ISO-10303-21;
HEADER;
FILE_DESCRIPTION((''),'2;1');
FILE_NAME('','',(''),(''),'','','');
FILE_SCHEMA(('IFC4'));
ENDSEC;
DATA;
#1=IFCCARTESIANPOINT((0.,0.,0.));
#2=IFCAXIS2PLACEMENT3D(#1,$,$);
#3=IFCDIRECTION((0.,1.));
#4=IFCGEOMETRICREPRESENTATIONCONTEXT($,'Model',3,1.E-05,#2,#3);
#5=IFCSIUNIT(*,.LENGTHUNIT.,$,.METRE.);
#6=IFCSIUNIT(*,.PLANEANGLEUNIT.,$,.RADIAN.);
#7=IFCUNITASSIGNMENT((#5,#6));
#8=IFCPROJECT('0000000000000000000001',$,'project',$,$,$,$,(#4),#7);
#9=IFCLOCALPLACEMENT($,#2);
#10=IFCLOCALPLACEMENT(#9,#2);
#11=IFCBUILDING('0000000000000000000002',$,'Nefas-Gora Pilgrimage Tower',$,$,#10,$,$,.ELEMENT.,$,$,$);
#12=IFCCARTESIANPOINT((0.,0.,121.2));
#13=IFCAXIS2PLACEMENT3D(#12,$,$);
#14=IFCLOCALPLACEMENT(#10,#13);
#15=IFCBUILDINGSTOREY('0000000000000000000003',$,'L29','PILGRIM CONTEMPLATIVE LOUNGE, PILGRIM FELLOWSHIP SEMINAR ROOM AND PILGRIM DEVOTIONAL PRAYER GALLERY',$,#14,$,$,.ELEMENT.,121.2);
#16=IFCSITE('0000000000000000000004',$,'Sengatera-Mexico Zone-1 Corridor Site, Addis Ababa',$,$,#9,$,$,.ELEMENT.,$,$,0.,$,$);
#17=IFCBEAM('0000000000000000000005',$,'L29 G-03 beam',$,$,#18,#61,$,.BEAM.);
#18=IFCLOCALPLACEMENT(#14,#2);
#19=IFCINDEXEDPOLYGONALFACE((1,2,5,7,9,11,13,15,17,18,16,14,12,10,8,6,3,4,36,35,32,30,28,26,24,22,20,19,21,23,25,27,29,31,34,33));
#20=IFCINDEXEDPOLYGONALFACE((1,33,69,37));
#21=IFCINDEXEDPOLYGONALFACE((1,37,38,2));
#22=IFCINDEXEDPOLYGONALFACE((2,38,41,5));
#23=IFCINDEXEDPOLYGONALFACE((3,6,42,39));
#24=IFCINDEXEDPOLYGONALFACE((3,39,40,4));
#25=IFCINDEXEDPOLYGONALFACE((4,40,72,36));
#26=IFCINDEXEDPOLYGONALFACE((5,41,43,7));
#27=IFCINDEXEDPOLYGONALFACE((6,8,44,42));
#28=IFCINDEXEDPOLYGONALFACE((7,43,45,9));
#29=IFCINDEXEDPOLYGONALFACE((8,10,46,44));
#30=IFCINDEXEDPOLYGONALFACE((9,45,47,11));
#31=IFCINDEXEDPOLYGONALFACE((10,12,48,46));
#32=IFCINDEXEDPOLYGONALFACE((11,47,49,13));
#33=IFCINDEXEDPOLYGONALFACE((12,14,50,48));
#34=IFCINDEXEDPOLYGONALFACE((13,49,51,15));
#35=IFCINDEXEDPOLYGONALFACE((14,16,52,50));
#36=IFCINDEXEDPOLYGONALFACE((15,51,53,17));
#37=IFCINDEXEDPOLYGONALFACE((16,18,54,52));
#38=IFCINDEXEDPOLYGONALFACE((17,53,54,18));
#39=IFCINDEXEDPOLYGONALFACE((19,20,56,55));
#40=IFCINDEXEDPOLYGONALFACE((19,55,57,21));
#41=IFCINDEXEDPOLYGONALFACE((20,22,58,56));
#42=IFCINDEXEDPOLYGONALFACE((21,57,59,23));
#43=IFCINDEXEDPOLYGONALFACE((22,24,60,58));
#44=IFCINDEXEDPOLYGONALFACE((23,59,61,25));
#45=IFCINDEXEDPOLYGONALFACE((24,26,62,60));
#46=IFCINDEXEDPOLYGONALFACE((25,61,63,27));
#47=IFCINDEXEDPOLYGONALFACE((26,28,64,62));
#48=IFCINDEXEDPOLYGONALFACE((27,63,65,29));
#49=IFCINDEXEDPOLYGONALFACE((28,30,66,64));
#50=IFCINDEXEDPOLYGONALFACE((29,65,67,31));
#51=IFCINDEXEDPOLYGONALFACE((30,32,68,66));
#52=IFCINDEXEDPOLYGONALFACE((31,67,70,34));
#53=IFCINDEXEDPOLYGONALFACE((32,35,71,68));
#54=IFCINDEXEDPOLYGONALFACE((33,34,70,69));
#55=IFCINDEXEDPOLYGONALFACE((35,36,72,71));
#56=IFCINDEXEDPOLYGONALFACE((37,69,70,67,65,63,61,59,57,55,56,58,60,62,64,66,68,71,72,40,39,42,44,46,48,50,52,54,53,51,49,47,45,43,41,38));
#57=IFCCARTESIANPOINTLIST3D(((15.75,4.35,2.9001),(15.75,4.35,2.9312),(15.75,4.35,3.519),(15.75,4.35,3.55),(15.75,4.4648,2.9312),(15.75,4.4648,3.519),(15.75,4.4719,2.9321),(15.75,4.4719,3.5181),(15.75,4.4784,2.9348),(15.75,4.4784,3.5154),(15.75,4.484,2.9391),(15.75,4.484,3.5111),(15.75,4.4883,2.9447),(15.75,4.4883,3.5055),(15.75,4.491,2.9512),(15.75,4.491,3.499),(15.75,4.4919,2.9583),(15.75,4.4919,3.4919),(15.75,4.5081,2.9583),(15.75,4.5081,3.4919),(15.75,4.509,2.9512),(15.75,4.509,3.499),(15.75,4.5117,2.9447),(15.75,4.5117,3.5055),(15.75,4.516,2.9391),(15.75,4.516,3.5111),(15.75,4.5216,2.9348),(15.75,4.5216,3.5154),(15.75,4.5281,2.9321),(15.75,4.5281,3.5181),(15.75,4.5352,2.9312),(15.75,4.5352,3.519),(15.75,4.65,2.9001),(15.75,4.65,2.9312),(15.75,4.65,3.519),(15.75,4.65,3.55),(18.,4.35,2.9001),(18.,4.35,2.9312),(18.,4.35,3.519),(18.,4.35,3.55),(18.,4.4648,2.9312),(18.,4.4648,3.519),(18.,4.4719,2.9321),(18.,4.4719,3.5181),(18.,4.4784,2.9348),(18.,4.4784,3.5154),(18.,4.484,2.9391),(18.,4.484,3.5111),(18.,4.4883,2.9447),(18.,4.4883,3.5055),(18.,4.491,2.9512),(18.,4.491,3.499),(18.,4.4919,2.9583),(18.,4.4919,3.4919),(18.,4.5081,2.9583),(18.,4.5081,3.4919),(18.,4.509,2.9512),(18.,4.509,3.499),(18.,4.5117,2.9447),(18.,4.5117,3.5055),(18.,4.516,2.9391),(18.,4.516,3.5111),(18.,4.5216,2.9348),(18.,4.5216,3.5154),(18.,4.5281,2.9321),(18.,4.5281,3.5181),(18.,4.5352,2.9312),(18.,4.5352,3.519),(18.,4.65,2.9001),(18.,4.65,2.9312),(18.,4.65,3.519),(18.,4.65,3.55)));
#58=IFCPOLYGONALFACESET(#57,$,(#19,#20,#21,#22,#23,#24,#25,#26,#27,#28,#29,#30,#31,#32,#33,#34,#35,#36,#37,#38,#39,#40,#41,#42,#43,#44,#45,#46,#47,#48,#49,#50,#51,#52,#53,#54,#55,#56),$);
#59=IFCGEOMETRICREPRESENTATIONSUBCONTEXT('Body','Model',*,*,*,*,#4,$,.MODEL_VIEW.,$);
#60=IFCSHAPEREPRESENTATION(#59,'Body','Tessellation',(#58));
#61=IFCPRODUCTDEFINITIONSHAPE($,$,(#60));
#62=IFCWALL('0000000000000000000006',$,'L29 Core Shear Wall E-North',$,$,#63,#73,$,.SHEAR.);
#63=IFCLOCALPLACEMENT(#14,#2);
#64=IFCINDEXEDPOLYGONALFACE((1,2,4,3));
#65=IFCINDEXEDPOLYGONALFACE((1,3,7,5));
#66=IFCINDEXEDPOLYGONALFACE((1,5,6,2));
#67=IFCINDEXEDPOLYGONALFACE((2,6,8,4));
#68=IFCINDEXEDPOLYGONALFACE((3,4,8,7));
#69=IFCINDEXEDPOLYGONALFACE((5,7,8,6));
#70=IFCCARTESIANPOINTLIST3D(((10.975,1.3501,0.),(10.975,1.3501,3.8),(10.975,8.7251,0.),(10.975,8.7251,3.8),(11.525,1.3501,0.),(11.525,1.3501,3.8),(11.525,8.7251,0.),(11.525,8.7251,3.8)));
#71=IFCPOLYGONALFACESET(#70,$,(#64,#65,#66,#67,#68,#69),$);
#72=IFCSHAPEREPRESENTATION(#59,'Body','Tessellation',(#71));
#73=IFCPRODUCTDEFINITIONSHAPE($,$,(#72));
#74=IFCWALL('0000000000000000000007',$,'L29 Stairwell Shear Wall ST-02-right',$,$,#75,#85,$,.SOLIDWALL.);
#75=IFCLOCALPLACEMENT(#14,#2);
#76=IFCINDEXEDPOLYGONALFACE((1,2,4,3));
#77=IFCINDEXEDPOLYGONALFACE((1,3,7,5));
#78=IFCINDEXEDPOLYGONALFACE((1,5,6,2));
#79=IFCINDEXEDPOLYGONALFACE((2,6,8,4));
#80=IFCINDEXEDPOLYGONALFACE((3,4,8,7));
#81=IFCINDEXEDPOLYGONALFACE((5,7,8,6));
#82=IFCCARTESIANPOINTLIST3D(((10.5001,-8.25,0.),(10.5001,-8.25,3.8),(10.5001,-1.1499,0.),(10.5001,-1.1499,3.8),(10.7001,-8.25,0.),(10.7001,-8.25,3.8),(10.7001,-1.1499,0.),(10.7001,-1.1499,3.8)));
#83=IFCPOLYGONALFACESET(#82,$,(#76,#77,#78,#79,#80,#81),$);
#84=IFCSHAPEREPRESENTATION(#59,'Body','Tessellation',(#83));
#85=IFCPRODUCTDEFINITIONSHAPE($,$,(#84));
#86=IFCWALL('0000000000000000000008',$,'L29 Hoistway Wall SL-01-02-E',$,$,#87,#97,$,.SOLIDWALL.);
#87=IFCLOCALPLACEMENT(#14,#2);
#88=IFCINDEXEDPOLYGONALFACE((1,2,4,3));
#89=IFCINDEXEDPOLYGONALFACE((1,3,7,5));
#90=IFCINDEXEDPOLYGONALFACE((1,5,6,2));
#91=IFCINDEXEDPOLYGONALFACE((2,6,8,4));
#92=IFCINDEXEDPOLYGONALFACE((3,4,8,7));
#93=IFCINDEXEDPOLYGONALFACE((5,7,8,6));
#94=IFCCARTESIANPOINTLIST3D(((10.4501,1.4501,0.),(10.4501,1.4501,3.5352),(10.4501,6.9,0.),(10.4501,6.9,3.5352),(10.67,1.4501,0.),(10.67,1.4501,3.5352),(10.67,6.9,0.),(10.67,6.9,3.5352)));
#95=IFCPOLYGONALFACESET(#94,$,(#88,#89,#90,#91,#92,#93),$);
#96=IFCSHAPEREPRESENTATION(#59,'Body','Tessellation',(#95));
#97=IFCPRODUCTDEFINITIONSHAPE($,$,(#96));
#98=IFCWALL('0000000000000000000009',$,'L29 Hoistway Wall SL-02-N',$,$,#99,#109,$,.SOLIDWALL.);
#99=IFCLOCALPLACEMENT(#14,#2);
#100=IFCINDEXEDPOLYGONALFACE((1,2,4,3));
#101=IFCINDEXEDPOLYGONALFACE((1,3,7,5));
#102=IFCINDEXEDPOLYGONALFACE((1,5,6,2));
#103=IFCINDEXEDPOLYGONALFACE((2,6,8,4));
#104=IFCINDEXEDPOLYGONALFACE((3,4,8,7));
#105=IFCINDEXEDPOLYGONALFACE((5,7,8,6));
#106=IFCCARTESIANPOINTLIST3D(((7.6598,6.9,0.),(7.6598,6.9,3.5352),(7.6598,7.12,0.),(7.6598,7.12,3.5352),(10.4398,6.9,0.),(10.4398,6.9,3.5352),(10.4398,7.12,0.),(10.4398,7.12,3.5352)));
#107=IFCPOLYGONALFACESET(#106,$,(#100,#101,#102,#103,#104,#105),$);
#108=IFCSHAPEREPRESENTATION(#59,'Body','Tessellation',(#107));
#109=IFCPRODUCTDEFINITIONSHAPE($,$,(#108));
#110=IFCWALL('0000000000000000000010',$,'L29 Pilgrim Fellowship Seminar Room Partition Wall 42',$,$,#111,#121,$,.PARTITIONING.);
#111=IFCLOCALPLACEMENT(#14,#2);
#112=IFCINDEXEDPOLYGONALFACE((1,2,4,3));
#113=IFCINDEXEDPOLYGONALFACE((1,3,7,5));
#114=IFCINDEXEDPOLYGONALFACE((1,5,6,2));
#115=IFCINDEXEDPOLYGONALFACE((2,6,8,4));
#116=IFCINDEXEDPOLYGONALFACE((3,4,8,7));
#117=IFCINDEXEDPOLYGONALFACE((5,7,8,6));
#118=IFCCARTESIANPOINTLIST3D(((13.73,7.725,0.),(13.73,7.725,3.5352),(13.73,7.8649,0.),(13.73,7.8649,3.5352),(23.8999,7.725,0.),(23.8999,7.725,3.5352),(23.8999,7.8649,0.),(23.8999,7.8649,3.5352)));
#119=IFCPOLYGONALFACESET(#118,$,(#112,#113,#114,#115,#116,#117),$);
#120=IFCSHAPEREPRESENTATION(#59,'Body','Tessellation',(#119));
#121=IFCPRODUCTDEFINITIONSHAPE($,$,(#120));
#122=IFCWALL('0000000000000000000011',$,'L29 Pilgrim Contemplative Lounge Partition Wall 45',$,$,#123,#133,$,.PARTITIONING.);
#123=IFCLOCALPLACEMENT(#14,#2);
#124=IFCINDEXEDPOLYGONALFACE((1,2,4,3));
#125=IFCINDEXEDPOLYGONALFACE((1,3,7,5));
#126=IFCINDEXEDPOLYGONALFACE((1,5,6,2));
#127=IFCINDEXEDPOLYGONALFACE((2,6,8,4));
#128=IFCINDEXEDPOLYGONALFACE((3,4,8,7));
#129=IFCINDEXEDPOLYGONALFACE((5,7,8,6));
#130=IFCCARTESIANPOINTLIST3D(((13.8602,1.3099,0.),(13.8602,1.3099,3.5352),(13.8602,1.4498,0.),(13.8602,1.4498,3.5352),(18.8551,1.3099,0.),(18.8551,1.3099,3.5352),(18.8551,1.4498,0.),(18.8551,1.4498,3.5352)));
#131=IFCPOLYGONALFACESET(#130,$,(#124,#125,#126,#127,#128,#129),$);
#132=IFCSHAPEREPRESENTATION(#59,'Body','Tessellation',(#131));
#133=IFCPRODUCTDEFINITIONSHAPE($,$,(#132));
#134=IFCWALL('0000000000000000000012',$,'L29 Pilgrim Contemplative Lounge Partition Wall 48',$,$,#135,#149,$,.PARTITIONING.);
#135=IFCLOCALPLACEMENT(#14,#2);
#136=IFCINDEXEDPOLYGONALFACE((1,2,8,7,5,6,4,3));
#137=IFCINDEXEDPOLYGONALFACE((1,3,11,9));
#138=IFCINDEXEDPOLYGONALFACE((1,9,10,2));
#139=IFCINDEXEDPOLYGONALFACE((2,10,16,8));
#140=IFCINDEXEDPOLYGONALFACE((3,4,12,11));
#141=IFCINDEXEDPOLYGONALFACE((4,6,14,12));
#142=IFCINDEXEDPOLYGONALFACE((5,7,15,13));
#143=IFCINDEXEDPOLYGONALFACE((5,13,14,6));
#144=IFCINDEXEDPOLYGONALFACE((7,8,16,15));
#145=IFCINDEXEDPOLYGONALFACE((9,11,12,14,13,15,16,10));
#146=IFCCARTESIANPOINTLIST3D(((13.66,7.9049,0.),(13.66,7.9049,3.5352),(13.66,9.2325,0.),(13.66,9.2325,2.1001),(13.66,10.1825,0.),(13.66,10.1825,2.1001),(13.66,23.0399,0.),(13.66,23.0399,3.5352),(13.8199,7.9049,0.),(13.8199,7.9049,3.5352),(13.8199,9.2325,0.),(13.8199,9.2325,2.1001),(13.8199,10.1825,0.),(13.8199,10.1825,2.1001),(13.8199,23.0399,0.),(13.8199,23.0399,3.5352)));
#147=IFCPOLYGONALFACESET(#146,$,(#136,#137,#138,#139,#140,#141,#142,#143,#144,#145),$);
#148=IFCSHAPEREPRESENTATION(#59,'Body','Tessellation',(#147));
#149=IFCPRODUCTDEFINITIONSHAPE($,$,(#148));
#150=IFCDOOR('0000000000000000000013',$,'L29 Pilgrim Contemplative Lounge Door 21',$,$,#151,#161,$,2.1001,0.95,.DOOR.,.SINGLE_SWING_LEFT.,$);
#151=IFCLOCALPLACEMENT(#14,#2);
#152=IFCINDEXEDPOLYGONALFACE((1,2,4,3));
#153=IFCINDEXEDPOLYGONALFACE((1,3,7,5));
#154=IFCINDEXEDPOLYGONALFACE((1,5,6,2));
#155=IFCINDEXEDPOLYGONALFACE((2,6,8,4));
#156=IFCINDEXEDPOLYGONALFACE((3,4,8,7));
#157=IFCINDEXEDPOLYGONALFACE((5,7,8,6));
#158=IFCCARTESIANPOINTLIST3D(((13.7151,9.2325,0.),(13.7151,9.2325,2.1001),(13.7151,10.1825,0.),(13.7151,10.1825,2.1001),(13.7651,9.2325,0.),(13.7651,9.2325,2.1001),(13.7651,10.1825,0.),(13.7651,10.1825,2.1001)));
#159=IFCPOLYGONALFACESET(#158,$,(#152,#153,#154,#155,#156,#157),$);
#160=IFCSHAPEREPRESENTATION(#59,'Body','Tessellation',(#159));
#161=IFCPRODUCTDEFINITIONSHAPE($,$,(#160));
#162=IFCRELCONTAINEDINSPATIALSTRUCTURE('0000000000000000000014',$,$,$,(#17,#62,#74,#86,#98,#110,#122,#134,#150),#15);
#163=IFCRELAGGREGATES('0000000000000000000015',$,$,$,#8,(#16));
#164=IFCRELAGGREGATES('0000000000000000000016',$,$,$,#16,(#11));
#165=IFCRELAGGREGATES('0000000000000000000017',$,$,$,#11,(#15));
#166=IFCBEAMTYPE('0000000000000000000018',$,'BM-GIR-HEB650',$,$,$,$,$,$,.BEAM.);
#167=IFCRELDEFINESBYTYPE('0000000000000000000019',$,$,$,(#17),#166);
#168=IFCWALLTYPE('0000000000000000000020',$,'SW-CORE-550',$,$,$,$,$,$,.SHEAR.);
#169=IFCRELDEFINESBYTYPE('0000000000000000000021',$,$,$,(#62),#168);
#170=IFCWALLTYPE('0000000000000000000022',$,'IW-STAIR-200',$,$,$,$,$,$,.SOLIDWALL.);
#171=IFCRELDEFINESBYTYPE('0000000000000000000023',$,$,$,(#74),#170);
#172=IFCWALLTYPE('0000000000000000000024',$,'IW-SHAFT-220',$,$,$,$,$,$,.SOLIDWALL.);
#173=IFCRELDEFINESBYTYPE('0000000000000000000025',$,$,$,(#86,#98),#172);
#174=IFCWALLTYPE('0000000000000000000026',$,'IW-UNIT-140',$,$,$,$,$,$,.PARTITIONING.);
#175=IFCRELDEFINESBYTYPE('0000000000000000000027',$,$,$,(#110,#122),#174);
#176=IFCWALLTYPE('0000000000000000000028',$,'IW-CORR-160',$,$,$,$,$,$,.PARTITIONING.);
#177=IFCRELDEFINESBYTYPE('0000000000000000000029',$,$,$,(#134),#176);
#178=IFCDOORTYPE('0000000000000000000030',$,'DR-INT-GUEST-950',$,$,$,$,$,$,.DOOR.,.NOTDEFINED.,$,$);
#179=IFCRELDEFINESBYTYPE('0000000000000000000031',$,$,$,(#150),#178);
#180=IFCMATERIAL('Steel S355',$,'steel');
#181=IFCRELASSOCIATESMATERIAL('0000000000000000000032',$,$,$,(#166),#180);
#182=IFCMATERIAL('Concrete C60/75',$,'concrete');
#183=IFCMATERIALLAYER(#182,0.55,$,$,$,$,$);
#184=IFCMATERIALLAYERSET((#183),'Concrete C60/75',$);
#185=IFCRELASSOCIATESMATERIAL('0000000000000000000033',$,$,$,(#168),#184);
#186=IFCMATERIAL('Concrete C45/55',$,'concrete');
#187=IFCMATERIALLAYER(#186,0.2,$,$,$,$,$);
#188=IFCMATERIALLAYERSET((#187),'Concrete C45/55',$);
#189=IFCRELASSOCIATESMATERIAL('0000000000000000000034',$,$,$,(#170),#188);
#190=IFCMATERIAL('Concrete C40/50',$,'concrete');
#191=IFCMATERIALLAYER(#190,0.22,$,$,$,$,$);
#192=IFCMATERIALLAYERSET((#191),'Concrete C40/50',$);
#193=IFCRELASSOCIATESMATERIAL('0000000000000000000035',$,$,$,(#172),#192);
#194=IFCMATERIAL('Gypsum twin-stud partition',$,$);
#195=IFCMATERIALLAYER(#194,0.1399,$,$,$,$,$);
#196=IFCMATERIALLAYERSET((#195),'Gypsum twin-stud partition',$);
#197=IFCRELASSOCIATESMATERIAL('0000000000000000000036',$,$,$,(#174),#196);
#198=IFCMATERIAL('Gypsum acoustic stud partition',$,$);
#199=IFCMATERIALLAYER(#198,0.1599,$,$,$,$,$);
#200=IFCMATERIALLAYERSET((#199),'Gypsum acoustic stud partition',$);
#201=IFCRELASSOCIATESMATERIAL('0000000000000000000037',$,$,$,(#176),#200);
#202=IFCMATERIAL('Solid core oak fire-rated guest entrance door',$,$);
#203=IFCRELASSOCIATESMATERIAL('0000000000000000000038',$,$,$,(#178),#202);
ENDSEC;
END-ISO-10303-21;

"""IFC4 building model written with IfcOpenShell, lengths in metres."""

from ifc_helpers import new_model, si_unit, direction, frame, frame_2d, origin, origin_2d, place, context, subcontext, project, spatial, rectangle, i_section, extrude, source, transform, mapped, material, layer, layer_set, material_profile, profile_set, type_object, element, fill, save


model = new_model("IFC4")

# Units and contexts
model_context = context("Model", 3, precision=1e-05, world=origin(), true_north=direction((0.0, 1.0)))
body_context = subcontext(model_context, "Body", "Model", "MODEL_VIEW")
ifc_project = project(units=[si_unit("LENGTHUNIT", "METRE"), si_unit("PLANEANGLEUNIT", "RADIAN")], contexts=[model_context])

# Site, building, storey
site_placement = place(None, origin())
site = spatial("IfcSite", under=ifc_project, at=site_placement, Name="Sengatera-Mexico Zone-1 Corridor Site, Addis Ababa", CompositionType="ELEMENT", RefElevation=0.0)
building_placement = place(site_placement, origin())
building = spatial("IfcBuilding", under=site, at=building_placement, Name="Nefas-Gora Pilgrimage Tower", CompositionType="ELEMENT")
storey_placement = place(building_placement, frame((0.0, 0.0, 121.2)))
storey = spatial("IfcBuildingStorey", under=building, at=storey_placement, Name="L29", Description="PILGRIM CONTEMPLATIVE LOUNGE, PILGRIM FELLOWSHIP SEMINAR ROOM AND PILGRIM DEVOTIONAL PRAYER GALLERY", CompositionType="ELEMENT", Elevation=121.2)

# Beam
ifc_material_1 = material(Name="Steel S355", Category="steel")
ifc_material_profile_1 = material_profile(ifc_material_1, i_section(OverallWidth=0.3, OverallDepth=0.6499, WebThickness=0.0161, FlangeThickness=0.031, FilletRadius=0.0271, at=origin_2d()), Name="HEB 650")
ifc_profile_set_1 = profile_set([ifc_material_profile_1], Name="Steel S355")
beam_type = type_object("IfcBeamType", Name="BM-GIR-HEB650", PredefinedType="BEAM", material=ifc_profile_set_1)
shared_shape_1 = source(origin(), body_context, "Body", "SweptSolid", [
    extrude(i_section(OverallWidth=0.3, OverallDepth=0.6499, WebThickness=0.0161, FlangeThickness=0.031, FilletRadius=0.0271, at=origin_2d()), origin(), (0.0, 0.0, 1.0), 2.25),
])
for number, where, z_axis, x_axis, name in (
    (1, (15.75, 4.5, 3.2251), (1.0, 0.0, 0.0), (0.0, 1.0, 0.0), "L29 G-03 beam"),
):
    element("IfcBeam", number, at=place(storey_placement, frame(where, z_axis=z_axis, x_axis=x_axis)), inside=storey, type_object=beam_type, Name=name, PredefinedType="BEAM", context=body_context, shape_type="MappedRepresentation", body=[
        mapped(shared_shape_1, transform((0.0, 0.0, 0.0), x_axis=(1.0, 0.0, 0.0), y_axis=(0.0, 1.0, 0.0), z_axis=(0.0, 0.0, 1.0), scale=1.0)),
    ])

# Walls
ifc_material_2 = material(Name="Concrete C60/75", Category="concrete")
ifc_layer_1 = layer(ifc_material_2, 0.55)
ifc_layer_set_1 = layer_set([ifc_layer_1], Name="Concrete C60/75")
wall_type_1 = type_object("IfcWallType", Name="SW-CORE-550", PredefinedType="SHEAR", material=ifc_layer_set_1)
shared_shape_2 = source(origin(), body_context, "Body", "SweptSolid", [
    extrude(rectangle(XDim=7.375, YDim=0.55, at=frame_2d((3.6875, 0.0))), origin(), (0.0, 0.0, 1.0), 3.8),
])
wall_1_placement = place(storey_placement, frame((11.25, 1.3501, 0.0), z_axis=(0.0, 0.0, 1.0), x_axis=(0.0, 1.0, 0.0)))
element("IfcWall", 2, at=wall_1_placement, inside=storey, type_object=wall_type_1, Name="L29 Core Shear Wall E-North", PredefinedType="SHEAR", context=body_context, shape_type="MappedRepresentation", body=[
    mapped(shared_shape_2, transform((0.0, 0.0, 0.0), x_axis=(1.0, 0.0, 0.0), y_axis=(0.0, 1.0, 0.0), z_axis=(0.0, 0.0, 1.0), scale=1.0)),
])
ifc_material_3 = material(Name="Concrete C45/55", Category="concrete")
ifc_layer_2 = layer(ifc_material_3, 0.2)
ifc_layer_set_2 = layer_set([ifc_layer_2], Name="Concrete C45/55")
wall_type_2 = type_object("IfcWallType", Name="IW-STAIR-200", PredefinedType="SOLIDWALL", material=ifc_layer_set_2)
shared_shape_3 = source(origin(), body_context, "Body", "SweptSolid", [
    extrude(rectangle(XDim=7.1001, YDim=0.2, at=frame_2d((3.55, 0.0))), origin(), (0.0, 0.0, 1.0), 3.8),
])
wall_2_placement = place(storey_placement, frame((10.6001, -1.1499, 0.0), z_axis=(0.0, 0.0, 1.0), x_axis=(0.0, -1.0, 0.0)))
element("IfcWall", 3, at=wall_2_placement, inside=storey, type_object=wall_type_2, Name="L29 Stairwell Shear Wall ST-02-right", PredefinedType="SOLIDWALL", context=body_context, shape_type="MappedRepresentation", body=[
    mapped(shared_shape_3, transform((0.0, 0.0, 0.0), x_axis=(1.0, 0.0, 0.0), y_axis=(0.0, 1.0, 0.0), z_axis=(0.0, 0.0, 1.0), scale=1.0)),
])
ifc_material_4 = material(Name="Concrete C40/50", Category="concrete")
ifc_layer_3 = layer(ifc_material_4, 0.22)
ifc_layer_set_3 = layer_set([ifc_layer_3], Name="Concrete C40/50")
wall_type_3 = type_object("IfcWallType", Name="IW-SHAFT-220", PredefinedType="SOLIDWALL", material=ifc_layer_set_3)
shared_shape_4 = source(origin(), body_context, "Body", "SweptSolid", [
    extrude(rectangle(XDim=5.45, YDim=0.22, at=frame_2d((2.7251, 0.0))), origin(), (0.0, 0.0, 1.0), 3.5352),
])
wall_3_placement = place(storey_placement, frame((10.5601, 1.45, 0.0), z_axis=(0.0, 0.0, 1.0), x_axis=(0.0, 1.0, 0.0)))
element("IfcWall", 4, at=wall_3_placement, inside=storey, type_object=wall_type_3, Name="L29 Hoistway Wall SL-01-02-E", PredefinedType="SOLIDWALL", context=body_context, shape_type="MappedRepresentation", body=[
    mapped(shared_shape_4, transform((0.0, 0.0, 0.0), x_axis=(1.0, 0.0, 0.0), y_axis=(0.0, 1.0, 0.0), z_axis=(0.0, 0.0, 1.0), scale=1.0)),
])
shared_shape_5 = source(origin(), body_context, "Body", "SweptSolid", [
    extrude(rectangle(XDim=2.78, YDim=0.22, at=frame_2d((1.3901, 0.0))), origin(), (0.0, 0.0, 1.0), 3.5352),
])
wall_4_placement = place(storey_placement, frame((10.4399, 7.01, 0.0), z_axis=(0.0, 0.0, 1.0), x_axis=(-1.0, 0.0, 0.0)))
element("IfcWall", 5, at=wall_4_placement, inside=storey, type_object=wall_type_3, Name="L29 Hoistway Wall SL-02-N", PredefinedType="SOLIDWALL", context=body_context, shape_type="MappedRepresentation", body=[
    mapped(shared_shape_5, transform((0.0, 0.0, 0.0), x_axis=(1.0, 0.0, 0.0), y_axis=(0.0, 1.0, 0.0), z_axis=(0.0, 0.0, 1.0), scale=1.0)),
])
ifc_material_5 = material(Name="Gypsum twin-stud partition")
ifc_layer_4 = layer(ifc_material_5, 0.1399)
ifc_layer_set_4 = layer_set([ifc_layer_4], Name="Gypsum twin-stud partition")
wall_type_4 = type_object("IfcWallType", Name="IW-UNIT-140", PredefinedType="PARTITIONING", material=ifc_layer_set_4)
shared_shape_6 = source(origin(), body_context, "Body", "SweptSolid", [
    extrude(rectangle(XDim=10.1699, YDim=0.1399, at=frame_2d((5.085, 0.0))), origin(), (0.0, 0.0, 1.0), 3.5352),
])
wall_5_placement = place(storey_placement, frame((13.73, 7.7949, 0.0), z_axis=(0.0, 0.0, 1.0), x_axis=(1.0, 0.0, 0.0)))
element("IfcWall", 6, at=wall_5_placement, inside=storey, type_object=wall_type_4, Name="L29 Pilgrim Fellowship Seminar Room Partition Wall 42", PredefinedType="PARTITIONING", context=body_context, shape_type="MappedRepresentation", body=[
    mapped(shared_shape_6, transform((0.0, 0.0, 0.0), x_axis=(1.0, 0.0, 0.0), y_axis=(0.0, 1.0, 0.0), z_axis=(0.0, 0.0, 1.0), scale=1.0)),
])
shared_shape_7 = source(origin(), body_context, "Body", "SweptSolid", [
    extrude(rectangle(XDim=4.9949, YDim=0.1399, at=frame_2d((2.4976, 0.0))), origin(), (0.0, 0.0, 1.0), 3.5352),
])
wall_6_placement = place(storey_placement, frame((13.8601, 1.3799, 0.0), z_axis=(0.0, 0.0, 1.0), x_axis=(1.0, 0.0, 0.0)))
element("IfcWall", 7, at=wall_6_placement, inside=storey, type_object=wall_type_4, Name="L29 Pilgrim Contemplative Lounge Partition Wall 45", PredefinedType="PARTITIONING", context=body_context, shape_type="MappedRepresentation", body=[
    mapped(shared_shape_7, transform((0.0, 0.0, 0.0), x_axis=(1.0, 0.0, 0.0), y_axis=(0.0, 1.0, 0.0), z_axis=(0.0, 0.0, 1.0), scale=1.0)),
])

# Wall, opening, door
ifc_material_6 = material(Name="Gypsum acoustic stud partition")
ifc_layer_5 = layer(ifc_material_6, 0.1599)
ifc_layer_set_5 = layer_set([ifc_layer_5], Name="Gypsum acoustic stud partition")
wall_type_5 = type_object("IfcWallType", Name="IW-CORR-160", PredefinedType="PARTITIONING", material=ifc_layer_set_5)
shared_shape_8 = source(origin(), body_context, "Body", "SweptSolid", [
    extrude(rectangle(XDim=15.135, YDim=0.1599, at=frame_2d((7.5674, 0.0))), origin(), (0.0, 0.0, 1.0), 3.5352),
])
wall_7_placement = place(storey_placement, frame((13.74, 7.905, 0.0), z_axis=(0.0, 0.0, 1.0), x_axis=(0.0, 1.0, 0.0)))
wall_7 = element("IfcWall", 8, at=wall_7_placement, inside=storey, type_object=wall_type_5, Name="L29 Pilgrim Contemplative Lounge Partition Wall 48", PredefinedType="PARTITIONING", context=body_context, shape_type="MappedRepresentation", body=[
    mapped(shared_shape_8, transform((0.0, 0.0, 0.0), x_axis=(1.0, 0.0, 0.0), y_axis=(0.0, 1.0, 0.0), z_axis=(0.0, 0.0, 1.0), scale=1.0)),
])
opening_placement = place(wall_7_placement, frame((1.3274, 0.0, 0.0)))
opening = element("IfcOpeningElement", 9, at=opening_placement, cuts=wall_7, PredefinedType="OPENING", context=body_context, shape_type="SweptSolid", body=[
    extrude(rectangle(XDim=0.95, YDim=2.1001, at=frame_2d((0.4751, 1.05))), frame((0.0, 0.0898, 0.0), z_axis=(0.0, -1.0, 0.0), x_axis=(1.0, 0.0, 0.0)), (0.0, 0.0, 1.0), 0.1799),
])
ifc_material_7 = material(Name="Solid core oak fire-rated guest entrance door")
door_type = type_object("IfcDoorType", Name="DR-INT-GUEST-950", OperationType="NOTDEFINED", PredefinedType="DOOR", material=ifc_material_7)
shared_shape_9 = source(origin(), body_context, "Body", "SweptSolid", [
    extrude(rectangle(XDim=0.95, YDim=2.1001, at=frame_2d((0.4751, 1.05))), frame((0.0, 0.0249, 0.0), z_axis=(0.0, -1.0, 0.0), x_axis=(1.0, 0.0, 0.0)), (0.0, 0.0, 1.0), 0.05),
])
door_placement = place(opening_placement, origin())
door = element("IfcDoor", 10, at=door_placement, inside=storey, type_object=door_type, Name="L29 Pilgrim Contemplative Lounge Door 21", OperationType="SINGLE_SWING_LEFT", OverallHeight=2.1001, OverallWidth=0.95, PredefinedType="DOOR", context=body_context, shape_type="MappedRepresentation", body=[
    mapped(shared_shape_9, transform((0.0, 0.0, 0.0), x_axis=(1.0, 0.0, 0.0), y_axis=(0.0, 1.0, 0.0), z_axis=(0.0, 0.0, 1.0), scale=1.0)),
])
fill(opening, door)

save(model, "model.ifc")
